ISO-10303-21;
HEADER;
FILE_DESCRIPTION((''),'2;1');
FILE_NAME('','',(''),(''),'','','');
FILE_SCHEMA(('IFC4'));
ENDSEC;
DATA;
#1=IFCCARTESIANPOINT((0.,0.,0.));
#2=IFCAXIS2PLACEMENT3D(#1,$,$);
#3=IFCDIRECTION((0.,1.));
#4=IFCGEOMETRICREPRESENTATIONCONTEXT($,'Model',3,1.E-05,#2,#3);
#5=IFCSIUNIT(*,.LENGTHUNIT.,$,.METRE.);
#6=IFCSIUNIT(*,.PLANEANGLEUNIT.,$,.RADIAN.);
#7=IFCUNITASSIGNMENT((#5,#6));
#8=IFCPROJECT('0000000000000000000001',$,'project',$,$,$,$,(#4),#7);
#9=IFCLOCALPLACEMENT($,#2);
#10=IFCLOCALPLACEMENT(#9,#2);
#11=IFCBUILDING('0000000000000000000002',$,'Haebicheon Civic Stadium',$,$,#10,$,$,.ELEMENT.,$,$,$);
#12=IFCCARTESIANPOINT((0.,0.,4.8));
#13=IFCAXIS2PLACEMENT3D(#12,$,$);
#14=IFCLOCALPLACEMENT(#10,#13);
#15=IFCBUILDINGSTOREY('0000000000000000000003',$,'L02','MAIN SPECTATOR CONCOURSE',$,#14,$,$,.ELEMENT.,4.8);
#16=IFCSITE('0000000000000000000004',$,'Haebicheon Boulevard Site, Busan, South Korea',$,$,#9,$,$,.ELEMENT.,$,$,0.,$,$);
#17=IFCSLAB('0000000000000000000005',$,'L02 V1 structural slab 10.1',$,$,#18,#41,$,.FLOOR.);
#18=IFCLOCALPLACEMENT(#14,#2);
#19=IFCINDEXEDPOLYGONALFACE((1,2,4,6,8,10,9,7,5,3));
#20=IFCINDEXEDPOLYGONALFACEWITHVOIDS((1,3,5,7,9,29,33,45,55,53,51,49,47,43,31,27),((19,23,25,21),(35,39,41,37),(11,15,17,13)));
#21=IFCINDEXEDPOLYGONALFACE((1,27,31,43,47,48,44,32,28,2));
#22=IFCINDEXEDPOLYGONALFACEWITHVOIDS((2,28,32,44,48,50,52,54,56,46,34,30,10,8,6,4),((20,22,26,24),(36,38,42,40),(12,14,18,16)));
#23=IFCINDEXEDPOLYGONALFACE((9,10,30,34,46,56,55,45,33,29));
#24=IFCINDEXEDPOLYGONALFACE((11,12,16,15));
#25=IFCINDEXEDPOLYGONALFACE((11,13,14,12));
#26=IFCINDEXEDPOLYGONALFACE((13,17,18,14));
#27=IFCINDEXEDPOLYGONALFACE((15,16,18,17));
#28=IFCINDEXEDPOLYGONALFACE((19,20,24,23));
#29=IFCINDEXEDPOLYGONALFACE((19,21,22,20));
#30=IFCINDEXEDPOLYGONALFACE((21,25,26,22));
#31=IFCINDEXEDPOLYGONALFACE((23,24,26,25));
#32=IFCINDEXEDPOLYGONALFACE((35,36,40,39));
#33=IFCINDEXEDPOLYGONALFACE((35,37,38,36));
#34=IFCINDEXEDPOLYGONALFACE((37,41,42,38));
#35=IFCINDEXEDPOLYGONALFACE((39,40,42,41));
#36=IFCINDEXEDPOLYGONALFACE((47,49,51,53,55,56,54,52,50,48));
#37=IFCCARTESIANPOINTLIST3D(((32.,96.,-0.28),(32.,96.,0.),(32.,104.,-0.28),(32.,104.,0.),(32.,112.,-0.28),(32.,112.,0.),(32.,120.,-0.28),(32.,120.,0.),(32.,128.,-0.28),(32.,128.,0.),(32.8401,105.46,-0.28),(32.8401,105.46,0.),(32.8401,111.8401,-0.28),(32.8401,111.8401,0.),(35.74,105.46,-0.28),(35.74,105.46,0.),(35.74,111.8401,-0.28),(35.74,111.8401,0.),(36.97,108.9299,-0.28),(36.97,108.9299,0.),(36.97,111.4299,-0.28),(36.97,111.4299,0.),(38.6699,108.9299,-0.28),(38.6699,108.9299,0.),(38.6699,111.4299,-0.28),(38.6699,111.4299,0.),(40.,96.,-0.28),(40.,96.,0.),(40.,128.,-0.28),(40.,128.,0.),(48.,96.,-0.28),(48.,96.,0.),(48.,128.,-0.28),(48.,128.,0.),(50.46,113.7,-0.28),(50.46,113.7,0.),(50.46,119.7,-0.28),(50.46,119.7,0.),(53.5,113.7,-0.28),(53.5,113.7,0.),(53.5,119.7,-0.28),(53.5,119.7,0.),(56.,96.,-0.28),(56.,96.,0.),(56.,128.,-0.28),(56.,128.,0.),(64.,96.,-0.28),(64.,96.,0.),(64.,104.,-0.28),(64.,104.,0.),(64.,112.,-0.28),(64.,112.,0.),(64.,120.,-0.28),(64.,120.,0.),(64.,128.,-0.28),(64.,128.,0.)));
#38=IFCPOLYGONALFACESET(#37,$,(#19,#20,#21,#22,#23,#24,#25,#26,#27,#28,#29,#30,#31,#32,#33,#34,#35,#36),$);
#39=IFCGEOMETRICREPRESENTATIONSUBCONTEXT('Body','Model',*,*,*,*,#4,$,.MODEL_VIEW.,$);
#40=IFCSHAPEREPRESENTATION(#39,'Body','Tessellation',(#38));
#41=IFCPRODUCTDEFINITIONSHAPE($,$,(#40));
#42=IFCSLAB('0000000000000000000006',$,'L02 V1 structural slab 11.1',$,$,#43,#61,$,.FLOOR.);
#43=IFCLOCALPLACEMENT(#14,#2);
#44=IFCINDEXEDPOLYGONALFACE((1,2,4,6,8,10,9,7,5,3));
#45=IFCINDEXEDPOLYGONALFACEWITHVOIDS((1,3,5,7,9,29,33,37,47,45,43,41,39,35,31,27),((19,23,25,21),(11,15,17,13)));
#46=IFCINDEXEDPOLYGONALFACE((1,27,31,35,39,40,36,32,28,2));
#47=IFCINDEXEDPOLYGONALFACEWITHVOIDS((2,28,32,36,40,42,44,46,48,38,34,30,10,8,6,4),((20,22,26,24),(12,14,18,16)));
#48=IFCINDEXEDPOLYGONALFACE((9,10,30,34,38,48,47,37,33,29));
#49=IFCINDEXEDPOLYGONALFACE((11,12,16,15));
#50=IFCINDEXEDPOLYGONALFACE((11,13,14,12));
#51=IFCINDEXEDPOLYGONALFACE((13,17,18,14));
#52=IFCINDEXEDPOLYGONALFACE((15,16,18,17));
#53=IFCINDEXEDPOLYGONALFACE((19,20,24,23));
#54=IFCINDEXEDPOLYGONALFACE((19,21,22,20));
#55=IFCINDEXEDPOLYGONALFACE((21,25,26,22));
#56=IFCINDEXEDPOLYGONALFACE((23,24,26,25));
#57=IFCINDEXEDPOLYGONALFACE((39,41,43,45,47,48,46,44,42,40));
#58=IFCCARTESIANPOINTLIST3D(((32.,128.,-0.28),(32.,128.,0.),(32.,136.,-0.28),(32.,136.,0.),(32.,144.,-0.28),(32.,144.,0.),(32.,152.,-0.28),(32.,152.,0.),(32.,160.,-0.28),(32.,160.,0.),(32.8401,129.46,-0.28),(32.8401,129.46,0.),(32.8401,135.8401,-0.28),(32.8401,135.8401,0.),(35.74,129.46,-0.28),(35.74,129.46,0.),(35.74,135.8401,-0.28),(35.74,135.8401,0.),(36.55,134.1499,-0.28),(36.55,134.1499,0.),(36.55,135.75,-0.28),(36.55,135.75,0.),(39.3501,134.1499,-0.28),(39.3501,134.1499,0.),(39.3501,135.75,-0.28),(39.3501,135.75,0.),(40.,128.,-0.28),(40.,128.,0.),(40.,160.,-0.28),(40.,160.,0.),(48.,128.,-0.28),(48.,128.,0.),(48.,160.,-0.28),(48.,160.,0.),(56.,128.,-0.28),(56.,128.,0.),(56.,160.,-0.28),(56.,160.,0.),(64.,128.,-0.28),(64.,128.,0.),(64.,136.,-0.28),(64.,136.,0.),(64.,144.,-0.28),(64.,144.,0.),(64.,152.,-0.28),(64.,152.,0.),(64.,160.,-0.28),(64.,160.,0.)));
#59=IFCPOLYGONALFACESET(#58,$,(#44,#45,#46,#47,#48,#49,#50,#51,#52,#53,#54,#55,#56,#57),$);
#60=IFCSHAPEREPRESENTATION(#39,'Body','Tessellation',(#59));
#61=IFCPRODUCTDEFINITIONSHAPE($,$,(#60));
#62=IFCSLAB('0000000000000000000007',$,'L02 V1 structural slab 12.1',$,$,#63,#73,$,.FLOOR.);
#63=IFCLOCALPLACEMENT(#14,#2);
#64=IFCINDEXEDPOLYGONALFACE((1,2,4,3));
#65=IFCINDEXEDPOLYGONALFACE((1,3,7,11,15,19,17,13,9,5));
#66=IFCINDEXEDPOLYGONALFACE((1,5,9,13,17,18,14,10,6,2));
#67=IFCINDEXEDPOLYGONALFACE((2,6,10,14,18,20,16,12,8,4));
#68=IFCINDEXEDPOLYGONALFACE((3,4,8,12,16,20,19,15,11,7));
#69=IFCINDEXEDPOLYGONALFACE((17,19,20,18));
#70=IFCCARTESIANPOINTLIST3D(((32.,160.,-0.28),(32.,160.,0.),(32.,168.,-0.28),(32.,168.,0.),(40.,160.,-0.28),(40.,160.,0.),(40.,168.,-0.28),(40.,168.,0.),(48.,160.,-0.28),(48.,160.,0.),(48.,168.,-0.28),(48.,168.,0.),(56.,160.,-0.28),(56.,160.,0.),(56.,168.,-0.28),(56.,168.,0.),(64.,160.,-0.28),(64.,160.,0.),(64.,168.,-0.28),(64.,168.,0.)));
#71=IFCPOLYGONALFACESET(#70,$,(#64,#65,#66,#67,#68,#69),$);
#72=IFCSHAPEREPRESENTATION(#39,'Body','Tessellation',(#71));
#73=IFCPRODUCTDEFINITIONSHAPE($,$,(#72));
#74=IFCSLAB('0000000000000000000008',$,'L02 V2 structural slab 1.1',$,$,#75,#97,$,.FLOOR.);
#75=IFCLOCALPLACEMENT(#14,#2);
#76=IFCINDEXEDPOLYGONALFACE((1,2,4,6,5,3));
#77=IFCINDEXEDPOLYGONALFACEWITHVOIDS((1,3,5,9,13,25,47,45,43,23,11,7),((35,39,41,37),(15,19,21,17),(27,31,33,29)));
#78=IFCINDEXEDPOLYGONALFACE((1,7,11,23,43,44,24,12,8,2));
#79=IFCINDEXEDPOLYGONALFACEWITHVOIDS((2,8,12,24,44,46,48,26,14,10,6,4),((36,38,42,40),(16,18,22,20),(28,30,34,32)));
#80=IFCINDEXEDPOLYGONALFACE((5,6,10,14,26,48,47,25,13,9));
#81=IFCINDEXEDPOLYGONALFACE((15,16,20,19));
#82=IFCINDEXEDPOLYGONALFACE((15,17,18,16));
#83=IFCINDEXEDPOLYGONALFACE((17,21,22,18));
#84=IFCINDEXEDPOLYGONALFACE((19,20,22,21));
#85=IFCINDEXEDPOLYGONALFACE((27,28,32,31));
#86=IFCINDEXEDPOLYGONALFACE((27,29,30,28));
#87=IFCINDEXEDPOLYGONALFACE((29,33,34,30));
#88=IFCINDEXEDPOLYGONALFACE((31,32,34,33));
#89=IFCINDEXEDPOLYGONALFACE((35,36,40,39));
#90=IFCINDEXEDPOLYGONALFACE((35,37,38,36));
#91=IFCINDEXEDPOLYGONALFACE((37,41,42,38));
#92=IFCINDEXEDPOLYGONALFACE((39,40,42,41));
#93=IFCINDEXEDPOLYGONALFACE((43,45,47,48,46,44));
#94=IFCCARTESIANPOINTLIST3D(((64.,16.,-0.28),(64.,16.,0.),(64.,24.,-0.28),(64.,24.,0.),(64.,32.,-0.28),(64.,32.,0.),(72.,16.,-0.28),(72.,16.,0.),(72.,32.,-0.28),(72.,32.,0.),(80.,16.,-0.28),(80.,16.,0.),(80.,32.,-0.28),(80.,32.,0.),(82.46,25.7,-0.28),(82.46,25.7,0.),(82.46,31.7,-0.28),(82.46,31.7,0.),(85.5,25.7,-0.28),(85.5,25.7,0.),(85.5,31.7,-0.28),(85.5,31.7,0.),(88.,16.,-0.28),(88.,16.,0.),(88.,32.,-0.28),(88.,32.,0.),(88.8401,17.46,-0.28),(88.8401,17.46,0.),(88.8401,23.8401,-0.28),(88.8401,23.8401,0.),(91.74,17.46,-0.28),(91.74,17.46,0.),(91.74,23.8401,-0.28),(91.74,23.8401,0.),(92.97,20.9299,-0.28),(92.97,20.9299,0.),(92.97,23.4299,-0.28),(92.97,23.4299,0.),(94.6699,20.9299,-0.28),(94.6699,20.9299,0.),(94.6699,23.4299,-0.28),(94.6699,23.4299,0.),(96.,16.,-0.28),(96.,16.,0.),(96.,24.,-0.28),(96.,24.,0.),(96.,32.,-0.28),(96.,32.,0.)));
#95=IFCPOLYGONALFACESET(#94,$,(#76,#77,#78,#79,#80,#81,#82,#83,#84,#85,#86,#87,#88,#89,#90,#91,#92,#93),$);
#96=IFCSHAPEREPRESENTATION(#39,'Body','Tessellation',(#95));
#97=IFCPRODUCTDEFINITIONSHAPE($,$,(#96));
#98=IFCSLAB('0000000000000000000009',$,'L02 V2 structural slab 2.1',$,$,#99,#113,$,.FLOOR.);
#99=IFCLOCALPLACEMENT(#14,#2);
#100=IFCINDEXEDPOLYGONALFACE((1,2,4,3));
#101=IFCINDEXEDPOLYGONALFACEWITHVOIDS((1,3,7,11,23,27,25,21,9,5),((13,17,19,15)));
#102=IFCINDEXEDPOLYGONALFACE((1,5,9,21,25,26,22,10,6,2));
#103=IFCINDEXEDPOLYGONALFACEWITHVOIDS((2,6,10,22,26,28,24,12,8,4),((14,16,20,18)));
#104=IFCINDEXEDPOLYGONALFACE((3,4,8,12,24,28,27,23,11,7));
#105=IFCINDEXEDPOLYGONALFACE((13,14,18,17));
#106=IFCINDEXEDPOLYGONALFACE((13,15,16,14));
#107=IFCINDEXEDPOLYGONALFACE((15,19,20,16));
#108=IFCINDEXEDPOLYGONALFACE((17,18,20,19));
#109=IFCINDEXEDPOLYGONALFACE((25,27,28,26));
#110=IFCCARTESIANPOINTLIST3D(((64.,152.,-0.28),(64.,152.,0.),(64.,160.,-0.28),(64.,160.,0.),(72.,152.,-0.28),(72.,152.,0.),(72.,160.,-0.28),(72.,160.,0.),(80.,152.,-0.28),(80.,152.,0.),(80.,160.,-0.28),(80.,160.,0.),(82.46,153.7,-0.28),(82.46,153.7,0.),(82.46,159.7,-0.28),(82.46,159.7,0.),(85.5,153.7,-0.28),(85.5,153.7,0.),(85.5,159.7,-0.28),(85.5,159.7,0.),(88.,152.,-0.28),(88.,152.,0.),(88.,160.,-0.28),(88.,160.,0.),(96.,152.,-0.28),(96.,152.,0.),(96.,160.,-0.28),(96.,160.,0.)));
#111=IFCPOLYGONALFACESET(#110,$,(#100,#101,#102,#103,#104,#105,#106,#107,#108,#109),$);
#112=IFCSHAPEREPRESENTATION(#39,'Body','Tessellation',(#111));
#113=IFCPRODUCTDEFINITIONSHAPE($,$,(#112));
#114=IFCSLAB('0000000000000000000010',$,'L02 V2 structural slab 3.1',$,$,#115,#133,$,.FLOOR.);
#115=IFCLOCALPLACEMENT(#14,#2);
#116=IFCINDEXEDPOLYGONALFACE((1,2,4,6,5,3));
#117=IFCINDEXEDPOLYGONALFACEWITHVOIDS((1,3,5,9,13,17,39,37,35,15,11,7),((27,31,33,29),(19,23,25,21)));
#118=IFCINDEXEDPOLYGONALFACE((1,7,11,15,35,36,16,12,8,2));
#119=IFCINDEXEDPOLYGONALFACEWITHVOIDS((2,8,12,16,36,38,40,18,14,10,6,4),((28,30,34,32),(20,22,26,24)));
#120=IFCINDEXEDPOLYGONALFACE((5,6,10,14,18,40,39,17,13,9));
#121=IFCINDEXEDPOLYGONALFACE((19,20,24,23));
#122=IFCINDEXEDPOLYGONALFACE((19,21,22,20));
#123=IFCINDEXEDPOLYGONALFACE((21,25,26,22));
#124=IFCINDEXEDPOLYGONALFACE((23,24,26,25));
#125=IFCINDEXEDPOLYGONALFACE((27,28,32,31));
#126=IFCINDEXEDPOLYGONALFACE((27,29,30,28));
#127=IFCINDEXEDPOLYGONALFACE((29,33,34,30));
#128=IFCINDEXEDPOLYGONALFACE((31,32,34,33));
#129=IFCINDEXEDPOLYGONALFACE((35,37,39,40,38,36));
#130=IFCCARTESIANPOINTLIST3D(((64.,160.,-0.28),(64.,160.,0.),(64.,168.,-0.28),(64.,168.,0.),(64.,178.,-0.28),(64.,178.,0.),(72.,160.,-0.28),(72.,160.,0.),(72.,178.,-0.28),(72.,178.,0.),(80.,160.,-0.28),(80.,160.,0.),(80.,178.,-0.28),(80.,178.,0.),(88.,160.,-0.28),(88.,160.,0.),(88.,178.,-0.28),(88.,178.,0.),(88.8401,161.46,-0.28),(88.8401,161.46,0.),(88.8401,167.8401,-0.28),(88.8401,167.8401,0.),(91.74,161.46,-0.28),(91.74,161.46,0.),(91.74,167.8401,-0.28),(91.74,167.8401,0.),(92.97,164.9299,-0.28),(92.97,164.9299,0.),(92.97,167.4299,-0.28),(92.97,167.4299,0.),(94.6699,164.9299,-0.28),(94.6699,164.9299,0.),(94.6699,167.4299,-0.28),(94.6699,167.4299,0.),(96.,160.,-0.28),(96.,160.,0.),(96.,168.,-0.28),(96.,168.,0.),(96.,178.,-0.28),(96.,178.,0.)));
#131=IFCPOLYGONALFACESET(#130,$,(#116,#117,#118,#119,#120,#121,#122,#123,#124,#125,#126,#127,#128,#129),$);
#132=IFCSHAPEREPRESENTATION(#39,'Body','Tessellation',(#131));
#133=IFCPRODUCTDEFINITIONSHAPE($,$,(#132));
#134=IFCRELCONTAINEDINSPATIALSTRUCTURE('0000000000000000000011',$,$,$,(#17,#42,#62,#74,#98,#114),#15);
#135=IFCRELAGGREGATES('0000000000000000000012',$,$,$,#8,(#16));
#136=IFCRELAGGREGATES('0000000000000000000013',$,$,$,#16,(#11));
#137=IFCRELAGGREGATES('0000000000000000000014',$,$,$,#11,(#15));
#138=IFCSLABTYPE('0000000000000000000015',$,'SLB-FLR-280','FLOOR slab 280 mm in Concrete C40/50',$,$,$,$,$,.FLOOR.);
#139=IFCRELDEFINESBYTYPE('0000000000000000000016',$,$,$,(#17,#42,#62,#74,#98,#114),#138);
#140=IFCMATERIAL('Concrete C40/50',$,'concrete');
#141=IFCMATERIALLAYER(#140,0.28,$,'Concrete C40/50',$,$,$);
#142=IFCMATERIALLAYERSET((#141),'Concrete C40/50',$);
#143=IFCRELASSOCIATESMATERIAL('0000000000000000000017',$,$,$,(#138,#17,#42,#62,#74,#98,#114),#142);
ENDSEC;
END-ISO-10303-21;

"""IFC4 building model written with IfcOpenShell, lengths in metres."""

from ifc_helpers import new_model, si_unit, direction, frame, origin, place, context, subcontext, project, spatial, polyline, outline, extrude, material, layer, layer_set, type_object, element, save


model = new_model("IFC4")

# Units and contexts
model_context = context("Model", 3, precision=1e-05, world=origin(), true_north=direction((0.0, 1.0)))
body_context = subcontext(model_context, "Body", "Model", "MODEL_VIEW")
ifc_project = project(units=[si_unit("LENGTHUNIT", "METRE"), si_unit("PLANEANGLEUNIT", "RADIAN")], contexts=[model_context])

# Site, building, storey
site_placement = place(None, origin())
site = spatial("IfcSite", under=ifc_project, at=site_placement, Name="Haebicheon Boulevard Site, Busan, South Korea", CompositionType="ELEMENT", RefElevation=0.0)
building_placement = place(site_placement, origin())
building = spatial("IfcBuilding", under=site, at=building_placement, Name="Haebicheon Civic Stadium", CompositionType="ELEMENT")
storey_placement = place(building_placement, frame((0.0, 0.0, 4.8)))
storey = spatial("IfcBuildingStorey", under=building, at=storey_placement, Name="L02", Description="MAIN SPECTATOR CONCOURSE", CompositionType="ELEMENT", Elevation=4.8)

# Slabs
ifc_material_1 = material(Name="Concrete C40/50", Category="concrete")
ifc_layer_1 = layer(ifc_material_1, 0.28, Name="Concrete C40/50")
ifc_layer_set_1 = layer_set([ifc_layer_1], Name="Concrete C40/50")
slab_type_1 = type_object("IfcSlabType", Name="SLB-FLR-280", Description="FLOOR slab 280 mm in Concrete C40/50", PredefinedType="FLOOR", material=ifc_layer_set_1)
slab_1_placement = place(storey_placement, frame((0.0, 0.0, -0.28)))
element("IfcSlab", 1, at=slab_1_placement, inside=storey, type_object=slab_type_1, material=ifc_layer_set_1, Name="L02 V1 structural slab 10.1", PredefinedType="FLOOR", context=body_context, shape_type="SweptSolid", body=[
    extrude(outline(polyline([(32.0, 120.0), (32.0, 128.0), (40.0, 128.0), (48.0, 128.0), (56.0, 128.0), (64.0, 128.0), (64.0, 120.0), (64.0, 112.0), (64.0, 104.0), (64.0, 96.0), (56.0, 96.0), (48.0, 96.0), (40.0, 96.0), (32.0, 96.0), (32.0, 104.0), (32.0, 112.0), (32.0, 120.0)]), holes=[polyline([(32.8401, 105.46), (35.74, 105.46), (35.74, 111.8401), (32.8401, 111.8401), (32.8401, 105.46)]), polyline([(36.97, 108.9299), (38.6699, 108.9299), (38.6699, 111.4299), (36.97, 111.4299), (36.97, 108.9299)]), polyline([(50.46, 113.7), (53.5, 113.7), (53.5, 119.7), (50.46, 119.7), (50.46, 113.7)])]), origin(), (0.0, 0.0, 1.0), 0.28),
])
slab_2_placement = place(storey_placement, frame((0.0, 0.0, -0.28)))
element("IfcSlab", 2, at=slab_2_placement, inside=storey, type_object=slab_type_1, material=ifc_layer_set_1, Name="L02 V1 structural slab 11.1", PredefinedType="FLOOR", context=body_context, shape_type="SweptSolid", body=[
    extrude(outline(polyline([(32.0, 152.0), (32.0, 160.0), (40.0, 160.0), (48.0, 160.0), (56.0, 160.0), (64.0, 160.0), (64.0, 152.0), (64.0, 144.0), (64.0, 136.0), (64.0, 128.0), (56.0, 128.0), (48.0, 128.0), (40.0, 128.0), (32.0, 128.0), (32.0, 136.0), (32.0, 144.0), (32.0, 152.0)]), holes=[polyline([(32.8401, 129.46), (35.74, 129.46), (35.74, 135.8401), (32.8401, 135.8401), (32.8401, 129.46)]), polyline([(36.55, 134.1499), (39.3501, 134.1499), (39.3501, 135.75), (36.55, 135.75), (36.55, 134.1499)])]), origin(), (0.0, 0.0, 1.0), 0.28),
])
slab_3_placement = place(storey_placement, frame((0.0, 0.0, -0.28)))
element("IfcSlab", 3, at=slab_3_placement, inside=storey, type_object=slab_type_1, material=ifc_layer_set_1, Name="L02 V1 structural slab 12.1", PredefinedType="FLOOR", context=body_context, shape_type="SweptSolid", body=[
    extrude(outline(polyline([(32.0, 168.0), (40.0, 168.0), (48.0, 168.0), (56.0, 168.0), (64.0, 168.0), (64.0, 160.0), (56.0, 160.0), (48.0, 160.0), (40.0, 160.0), (32.0, 160.0), (32.0, 168.0)])), origin(), (0.0, 0.0, 1.0), 0.28),
])
slab_4_placement = place(storey_placement, frame((0.0, 0.0, -0.28)))
element("IfcSlab", 4, at=slab_4_placement, inside=storey, type_object=slab_type_1, material=ifc_layer_set_1, Name="L02 V2 structural slab 1.1", PredefinedType="FLOOR", context=body_context, shape_type="SweptSolid", body=[
    extrude(outline(polyline([(96.0, 16.0), (88.0, 16.0), (80.0, 16.0), (72.0, 16.0), (64.0, 16.0), (64.0, 24.0), (64.0, 32.0), (72.0, 32.0), (80.0, 32.0), (88.0, 32.0), (96.0, 32.0), (96.0, 24.0), (96.0, 16.0)]), holes=[polyline([(88.8401, 17.46), (91.74, 17.46), (91.74, 23.8401), (88.8401, 23.8401), (88.8401, 17.46)]), polyline([(92.97, 20.9299), (94.6699, 20.9299), (94.6699, 23.4299), (92.97, 23.4299), (92.97, 20.9299)]), polyline([(82.46, 25.7), (85.5, 25.7), (85.5, 31.7), (82.46, 31.7), (82.46, 25.7)])]), origin(), (0.0, 0.0, 1.0), 0.28),
])
slab_5_placement = place(storey_placement, frame((0.0, 0.0, -0.28)))
element("IfcSlab", 5, at=slab_5_placement, inside=storey, type_object=slab_type_1, material=ifc_layer_set_1, Name="L02 V2 structural slab 2.1", PredefinedType="FLOOR", context=body_context, shape_type="SweptSolid", body=[
    extrude(outline(polyline([(64.0, 160.0), (72.0, 160.0), (80.0, 160.0), (88.0, 160.0), (96.0, 160.0), (96.0, 152.0), (88.0, 152.0), (80.0, 152.0), (72.0, 152.0), (64.0, 152.0), (64.0, 160.0)]), holes=[polyline([(82.46, 153.7), (85.5, 153.7), (85.5, 159.7), (82.46, 159.7), (82.46, 153.7)])]), origin(), (0.0, 0.0, 1.0), 0.28),
])
slab_6_placement = place(storey_placement, frame((0.0, 0.0, -0.28)))
element("IfcSlab", 6, at=slab_6_placement, inside=storey, type_object=slab_type_1, material=ifc_layer_set_1, Name="L02 V2 structural slab 3.1", PredefinedType="FLOOR", context=body_context, shape_type="SweptSolid", body=[
    extrude(outline(polyline([(96.0, 160.0), (88.0, 160.0), (80.0, 160.0), (72.0, 160.0), (64.0, 160.0), (64.0, 168.0), (64.0, 178.0), (72.0, 178.0), (80.0, 178.0), (88.0, 178.0), (96.0, 178.0), (96.0, 168.0), (96.0, 160.0)]), holes=[polyline([(88.8401, 161.46), (91.74, 161.46), (91.74, 167.8401), (88.8401, 167.8401), (88.8401, 161.46)]), polyline([(92.97, 164.9299), (94.6699, 164.9299), (94.6699, 167.4299), (92.97, 167.4299), (92.97, 164.9299)])]), origin(), (0.0, 0.0, 1.0), 0.28),
])

save(model, "model.ifc")
